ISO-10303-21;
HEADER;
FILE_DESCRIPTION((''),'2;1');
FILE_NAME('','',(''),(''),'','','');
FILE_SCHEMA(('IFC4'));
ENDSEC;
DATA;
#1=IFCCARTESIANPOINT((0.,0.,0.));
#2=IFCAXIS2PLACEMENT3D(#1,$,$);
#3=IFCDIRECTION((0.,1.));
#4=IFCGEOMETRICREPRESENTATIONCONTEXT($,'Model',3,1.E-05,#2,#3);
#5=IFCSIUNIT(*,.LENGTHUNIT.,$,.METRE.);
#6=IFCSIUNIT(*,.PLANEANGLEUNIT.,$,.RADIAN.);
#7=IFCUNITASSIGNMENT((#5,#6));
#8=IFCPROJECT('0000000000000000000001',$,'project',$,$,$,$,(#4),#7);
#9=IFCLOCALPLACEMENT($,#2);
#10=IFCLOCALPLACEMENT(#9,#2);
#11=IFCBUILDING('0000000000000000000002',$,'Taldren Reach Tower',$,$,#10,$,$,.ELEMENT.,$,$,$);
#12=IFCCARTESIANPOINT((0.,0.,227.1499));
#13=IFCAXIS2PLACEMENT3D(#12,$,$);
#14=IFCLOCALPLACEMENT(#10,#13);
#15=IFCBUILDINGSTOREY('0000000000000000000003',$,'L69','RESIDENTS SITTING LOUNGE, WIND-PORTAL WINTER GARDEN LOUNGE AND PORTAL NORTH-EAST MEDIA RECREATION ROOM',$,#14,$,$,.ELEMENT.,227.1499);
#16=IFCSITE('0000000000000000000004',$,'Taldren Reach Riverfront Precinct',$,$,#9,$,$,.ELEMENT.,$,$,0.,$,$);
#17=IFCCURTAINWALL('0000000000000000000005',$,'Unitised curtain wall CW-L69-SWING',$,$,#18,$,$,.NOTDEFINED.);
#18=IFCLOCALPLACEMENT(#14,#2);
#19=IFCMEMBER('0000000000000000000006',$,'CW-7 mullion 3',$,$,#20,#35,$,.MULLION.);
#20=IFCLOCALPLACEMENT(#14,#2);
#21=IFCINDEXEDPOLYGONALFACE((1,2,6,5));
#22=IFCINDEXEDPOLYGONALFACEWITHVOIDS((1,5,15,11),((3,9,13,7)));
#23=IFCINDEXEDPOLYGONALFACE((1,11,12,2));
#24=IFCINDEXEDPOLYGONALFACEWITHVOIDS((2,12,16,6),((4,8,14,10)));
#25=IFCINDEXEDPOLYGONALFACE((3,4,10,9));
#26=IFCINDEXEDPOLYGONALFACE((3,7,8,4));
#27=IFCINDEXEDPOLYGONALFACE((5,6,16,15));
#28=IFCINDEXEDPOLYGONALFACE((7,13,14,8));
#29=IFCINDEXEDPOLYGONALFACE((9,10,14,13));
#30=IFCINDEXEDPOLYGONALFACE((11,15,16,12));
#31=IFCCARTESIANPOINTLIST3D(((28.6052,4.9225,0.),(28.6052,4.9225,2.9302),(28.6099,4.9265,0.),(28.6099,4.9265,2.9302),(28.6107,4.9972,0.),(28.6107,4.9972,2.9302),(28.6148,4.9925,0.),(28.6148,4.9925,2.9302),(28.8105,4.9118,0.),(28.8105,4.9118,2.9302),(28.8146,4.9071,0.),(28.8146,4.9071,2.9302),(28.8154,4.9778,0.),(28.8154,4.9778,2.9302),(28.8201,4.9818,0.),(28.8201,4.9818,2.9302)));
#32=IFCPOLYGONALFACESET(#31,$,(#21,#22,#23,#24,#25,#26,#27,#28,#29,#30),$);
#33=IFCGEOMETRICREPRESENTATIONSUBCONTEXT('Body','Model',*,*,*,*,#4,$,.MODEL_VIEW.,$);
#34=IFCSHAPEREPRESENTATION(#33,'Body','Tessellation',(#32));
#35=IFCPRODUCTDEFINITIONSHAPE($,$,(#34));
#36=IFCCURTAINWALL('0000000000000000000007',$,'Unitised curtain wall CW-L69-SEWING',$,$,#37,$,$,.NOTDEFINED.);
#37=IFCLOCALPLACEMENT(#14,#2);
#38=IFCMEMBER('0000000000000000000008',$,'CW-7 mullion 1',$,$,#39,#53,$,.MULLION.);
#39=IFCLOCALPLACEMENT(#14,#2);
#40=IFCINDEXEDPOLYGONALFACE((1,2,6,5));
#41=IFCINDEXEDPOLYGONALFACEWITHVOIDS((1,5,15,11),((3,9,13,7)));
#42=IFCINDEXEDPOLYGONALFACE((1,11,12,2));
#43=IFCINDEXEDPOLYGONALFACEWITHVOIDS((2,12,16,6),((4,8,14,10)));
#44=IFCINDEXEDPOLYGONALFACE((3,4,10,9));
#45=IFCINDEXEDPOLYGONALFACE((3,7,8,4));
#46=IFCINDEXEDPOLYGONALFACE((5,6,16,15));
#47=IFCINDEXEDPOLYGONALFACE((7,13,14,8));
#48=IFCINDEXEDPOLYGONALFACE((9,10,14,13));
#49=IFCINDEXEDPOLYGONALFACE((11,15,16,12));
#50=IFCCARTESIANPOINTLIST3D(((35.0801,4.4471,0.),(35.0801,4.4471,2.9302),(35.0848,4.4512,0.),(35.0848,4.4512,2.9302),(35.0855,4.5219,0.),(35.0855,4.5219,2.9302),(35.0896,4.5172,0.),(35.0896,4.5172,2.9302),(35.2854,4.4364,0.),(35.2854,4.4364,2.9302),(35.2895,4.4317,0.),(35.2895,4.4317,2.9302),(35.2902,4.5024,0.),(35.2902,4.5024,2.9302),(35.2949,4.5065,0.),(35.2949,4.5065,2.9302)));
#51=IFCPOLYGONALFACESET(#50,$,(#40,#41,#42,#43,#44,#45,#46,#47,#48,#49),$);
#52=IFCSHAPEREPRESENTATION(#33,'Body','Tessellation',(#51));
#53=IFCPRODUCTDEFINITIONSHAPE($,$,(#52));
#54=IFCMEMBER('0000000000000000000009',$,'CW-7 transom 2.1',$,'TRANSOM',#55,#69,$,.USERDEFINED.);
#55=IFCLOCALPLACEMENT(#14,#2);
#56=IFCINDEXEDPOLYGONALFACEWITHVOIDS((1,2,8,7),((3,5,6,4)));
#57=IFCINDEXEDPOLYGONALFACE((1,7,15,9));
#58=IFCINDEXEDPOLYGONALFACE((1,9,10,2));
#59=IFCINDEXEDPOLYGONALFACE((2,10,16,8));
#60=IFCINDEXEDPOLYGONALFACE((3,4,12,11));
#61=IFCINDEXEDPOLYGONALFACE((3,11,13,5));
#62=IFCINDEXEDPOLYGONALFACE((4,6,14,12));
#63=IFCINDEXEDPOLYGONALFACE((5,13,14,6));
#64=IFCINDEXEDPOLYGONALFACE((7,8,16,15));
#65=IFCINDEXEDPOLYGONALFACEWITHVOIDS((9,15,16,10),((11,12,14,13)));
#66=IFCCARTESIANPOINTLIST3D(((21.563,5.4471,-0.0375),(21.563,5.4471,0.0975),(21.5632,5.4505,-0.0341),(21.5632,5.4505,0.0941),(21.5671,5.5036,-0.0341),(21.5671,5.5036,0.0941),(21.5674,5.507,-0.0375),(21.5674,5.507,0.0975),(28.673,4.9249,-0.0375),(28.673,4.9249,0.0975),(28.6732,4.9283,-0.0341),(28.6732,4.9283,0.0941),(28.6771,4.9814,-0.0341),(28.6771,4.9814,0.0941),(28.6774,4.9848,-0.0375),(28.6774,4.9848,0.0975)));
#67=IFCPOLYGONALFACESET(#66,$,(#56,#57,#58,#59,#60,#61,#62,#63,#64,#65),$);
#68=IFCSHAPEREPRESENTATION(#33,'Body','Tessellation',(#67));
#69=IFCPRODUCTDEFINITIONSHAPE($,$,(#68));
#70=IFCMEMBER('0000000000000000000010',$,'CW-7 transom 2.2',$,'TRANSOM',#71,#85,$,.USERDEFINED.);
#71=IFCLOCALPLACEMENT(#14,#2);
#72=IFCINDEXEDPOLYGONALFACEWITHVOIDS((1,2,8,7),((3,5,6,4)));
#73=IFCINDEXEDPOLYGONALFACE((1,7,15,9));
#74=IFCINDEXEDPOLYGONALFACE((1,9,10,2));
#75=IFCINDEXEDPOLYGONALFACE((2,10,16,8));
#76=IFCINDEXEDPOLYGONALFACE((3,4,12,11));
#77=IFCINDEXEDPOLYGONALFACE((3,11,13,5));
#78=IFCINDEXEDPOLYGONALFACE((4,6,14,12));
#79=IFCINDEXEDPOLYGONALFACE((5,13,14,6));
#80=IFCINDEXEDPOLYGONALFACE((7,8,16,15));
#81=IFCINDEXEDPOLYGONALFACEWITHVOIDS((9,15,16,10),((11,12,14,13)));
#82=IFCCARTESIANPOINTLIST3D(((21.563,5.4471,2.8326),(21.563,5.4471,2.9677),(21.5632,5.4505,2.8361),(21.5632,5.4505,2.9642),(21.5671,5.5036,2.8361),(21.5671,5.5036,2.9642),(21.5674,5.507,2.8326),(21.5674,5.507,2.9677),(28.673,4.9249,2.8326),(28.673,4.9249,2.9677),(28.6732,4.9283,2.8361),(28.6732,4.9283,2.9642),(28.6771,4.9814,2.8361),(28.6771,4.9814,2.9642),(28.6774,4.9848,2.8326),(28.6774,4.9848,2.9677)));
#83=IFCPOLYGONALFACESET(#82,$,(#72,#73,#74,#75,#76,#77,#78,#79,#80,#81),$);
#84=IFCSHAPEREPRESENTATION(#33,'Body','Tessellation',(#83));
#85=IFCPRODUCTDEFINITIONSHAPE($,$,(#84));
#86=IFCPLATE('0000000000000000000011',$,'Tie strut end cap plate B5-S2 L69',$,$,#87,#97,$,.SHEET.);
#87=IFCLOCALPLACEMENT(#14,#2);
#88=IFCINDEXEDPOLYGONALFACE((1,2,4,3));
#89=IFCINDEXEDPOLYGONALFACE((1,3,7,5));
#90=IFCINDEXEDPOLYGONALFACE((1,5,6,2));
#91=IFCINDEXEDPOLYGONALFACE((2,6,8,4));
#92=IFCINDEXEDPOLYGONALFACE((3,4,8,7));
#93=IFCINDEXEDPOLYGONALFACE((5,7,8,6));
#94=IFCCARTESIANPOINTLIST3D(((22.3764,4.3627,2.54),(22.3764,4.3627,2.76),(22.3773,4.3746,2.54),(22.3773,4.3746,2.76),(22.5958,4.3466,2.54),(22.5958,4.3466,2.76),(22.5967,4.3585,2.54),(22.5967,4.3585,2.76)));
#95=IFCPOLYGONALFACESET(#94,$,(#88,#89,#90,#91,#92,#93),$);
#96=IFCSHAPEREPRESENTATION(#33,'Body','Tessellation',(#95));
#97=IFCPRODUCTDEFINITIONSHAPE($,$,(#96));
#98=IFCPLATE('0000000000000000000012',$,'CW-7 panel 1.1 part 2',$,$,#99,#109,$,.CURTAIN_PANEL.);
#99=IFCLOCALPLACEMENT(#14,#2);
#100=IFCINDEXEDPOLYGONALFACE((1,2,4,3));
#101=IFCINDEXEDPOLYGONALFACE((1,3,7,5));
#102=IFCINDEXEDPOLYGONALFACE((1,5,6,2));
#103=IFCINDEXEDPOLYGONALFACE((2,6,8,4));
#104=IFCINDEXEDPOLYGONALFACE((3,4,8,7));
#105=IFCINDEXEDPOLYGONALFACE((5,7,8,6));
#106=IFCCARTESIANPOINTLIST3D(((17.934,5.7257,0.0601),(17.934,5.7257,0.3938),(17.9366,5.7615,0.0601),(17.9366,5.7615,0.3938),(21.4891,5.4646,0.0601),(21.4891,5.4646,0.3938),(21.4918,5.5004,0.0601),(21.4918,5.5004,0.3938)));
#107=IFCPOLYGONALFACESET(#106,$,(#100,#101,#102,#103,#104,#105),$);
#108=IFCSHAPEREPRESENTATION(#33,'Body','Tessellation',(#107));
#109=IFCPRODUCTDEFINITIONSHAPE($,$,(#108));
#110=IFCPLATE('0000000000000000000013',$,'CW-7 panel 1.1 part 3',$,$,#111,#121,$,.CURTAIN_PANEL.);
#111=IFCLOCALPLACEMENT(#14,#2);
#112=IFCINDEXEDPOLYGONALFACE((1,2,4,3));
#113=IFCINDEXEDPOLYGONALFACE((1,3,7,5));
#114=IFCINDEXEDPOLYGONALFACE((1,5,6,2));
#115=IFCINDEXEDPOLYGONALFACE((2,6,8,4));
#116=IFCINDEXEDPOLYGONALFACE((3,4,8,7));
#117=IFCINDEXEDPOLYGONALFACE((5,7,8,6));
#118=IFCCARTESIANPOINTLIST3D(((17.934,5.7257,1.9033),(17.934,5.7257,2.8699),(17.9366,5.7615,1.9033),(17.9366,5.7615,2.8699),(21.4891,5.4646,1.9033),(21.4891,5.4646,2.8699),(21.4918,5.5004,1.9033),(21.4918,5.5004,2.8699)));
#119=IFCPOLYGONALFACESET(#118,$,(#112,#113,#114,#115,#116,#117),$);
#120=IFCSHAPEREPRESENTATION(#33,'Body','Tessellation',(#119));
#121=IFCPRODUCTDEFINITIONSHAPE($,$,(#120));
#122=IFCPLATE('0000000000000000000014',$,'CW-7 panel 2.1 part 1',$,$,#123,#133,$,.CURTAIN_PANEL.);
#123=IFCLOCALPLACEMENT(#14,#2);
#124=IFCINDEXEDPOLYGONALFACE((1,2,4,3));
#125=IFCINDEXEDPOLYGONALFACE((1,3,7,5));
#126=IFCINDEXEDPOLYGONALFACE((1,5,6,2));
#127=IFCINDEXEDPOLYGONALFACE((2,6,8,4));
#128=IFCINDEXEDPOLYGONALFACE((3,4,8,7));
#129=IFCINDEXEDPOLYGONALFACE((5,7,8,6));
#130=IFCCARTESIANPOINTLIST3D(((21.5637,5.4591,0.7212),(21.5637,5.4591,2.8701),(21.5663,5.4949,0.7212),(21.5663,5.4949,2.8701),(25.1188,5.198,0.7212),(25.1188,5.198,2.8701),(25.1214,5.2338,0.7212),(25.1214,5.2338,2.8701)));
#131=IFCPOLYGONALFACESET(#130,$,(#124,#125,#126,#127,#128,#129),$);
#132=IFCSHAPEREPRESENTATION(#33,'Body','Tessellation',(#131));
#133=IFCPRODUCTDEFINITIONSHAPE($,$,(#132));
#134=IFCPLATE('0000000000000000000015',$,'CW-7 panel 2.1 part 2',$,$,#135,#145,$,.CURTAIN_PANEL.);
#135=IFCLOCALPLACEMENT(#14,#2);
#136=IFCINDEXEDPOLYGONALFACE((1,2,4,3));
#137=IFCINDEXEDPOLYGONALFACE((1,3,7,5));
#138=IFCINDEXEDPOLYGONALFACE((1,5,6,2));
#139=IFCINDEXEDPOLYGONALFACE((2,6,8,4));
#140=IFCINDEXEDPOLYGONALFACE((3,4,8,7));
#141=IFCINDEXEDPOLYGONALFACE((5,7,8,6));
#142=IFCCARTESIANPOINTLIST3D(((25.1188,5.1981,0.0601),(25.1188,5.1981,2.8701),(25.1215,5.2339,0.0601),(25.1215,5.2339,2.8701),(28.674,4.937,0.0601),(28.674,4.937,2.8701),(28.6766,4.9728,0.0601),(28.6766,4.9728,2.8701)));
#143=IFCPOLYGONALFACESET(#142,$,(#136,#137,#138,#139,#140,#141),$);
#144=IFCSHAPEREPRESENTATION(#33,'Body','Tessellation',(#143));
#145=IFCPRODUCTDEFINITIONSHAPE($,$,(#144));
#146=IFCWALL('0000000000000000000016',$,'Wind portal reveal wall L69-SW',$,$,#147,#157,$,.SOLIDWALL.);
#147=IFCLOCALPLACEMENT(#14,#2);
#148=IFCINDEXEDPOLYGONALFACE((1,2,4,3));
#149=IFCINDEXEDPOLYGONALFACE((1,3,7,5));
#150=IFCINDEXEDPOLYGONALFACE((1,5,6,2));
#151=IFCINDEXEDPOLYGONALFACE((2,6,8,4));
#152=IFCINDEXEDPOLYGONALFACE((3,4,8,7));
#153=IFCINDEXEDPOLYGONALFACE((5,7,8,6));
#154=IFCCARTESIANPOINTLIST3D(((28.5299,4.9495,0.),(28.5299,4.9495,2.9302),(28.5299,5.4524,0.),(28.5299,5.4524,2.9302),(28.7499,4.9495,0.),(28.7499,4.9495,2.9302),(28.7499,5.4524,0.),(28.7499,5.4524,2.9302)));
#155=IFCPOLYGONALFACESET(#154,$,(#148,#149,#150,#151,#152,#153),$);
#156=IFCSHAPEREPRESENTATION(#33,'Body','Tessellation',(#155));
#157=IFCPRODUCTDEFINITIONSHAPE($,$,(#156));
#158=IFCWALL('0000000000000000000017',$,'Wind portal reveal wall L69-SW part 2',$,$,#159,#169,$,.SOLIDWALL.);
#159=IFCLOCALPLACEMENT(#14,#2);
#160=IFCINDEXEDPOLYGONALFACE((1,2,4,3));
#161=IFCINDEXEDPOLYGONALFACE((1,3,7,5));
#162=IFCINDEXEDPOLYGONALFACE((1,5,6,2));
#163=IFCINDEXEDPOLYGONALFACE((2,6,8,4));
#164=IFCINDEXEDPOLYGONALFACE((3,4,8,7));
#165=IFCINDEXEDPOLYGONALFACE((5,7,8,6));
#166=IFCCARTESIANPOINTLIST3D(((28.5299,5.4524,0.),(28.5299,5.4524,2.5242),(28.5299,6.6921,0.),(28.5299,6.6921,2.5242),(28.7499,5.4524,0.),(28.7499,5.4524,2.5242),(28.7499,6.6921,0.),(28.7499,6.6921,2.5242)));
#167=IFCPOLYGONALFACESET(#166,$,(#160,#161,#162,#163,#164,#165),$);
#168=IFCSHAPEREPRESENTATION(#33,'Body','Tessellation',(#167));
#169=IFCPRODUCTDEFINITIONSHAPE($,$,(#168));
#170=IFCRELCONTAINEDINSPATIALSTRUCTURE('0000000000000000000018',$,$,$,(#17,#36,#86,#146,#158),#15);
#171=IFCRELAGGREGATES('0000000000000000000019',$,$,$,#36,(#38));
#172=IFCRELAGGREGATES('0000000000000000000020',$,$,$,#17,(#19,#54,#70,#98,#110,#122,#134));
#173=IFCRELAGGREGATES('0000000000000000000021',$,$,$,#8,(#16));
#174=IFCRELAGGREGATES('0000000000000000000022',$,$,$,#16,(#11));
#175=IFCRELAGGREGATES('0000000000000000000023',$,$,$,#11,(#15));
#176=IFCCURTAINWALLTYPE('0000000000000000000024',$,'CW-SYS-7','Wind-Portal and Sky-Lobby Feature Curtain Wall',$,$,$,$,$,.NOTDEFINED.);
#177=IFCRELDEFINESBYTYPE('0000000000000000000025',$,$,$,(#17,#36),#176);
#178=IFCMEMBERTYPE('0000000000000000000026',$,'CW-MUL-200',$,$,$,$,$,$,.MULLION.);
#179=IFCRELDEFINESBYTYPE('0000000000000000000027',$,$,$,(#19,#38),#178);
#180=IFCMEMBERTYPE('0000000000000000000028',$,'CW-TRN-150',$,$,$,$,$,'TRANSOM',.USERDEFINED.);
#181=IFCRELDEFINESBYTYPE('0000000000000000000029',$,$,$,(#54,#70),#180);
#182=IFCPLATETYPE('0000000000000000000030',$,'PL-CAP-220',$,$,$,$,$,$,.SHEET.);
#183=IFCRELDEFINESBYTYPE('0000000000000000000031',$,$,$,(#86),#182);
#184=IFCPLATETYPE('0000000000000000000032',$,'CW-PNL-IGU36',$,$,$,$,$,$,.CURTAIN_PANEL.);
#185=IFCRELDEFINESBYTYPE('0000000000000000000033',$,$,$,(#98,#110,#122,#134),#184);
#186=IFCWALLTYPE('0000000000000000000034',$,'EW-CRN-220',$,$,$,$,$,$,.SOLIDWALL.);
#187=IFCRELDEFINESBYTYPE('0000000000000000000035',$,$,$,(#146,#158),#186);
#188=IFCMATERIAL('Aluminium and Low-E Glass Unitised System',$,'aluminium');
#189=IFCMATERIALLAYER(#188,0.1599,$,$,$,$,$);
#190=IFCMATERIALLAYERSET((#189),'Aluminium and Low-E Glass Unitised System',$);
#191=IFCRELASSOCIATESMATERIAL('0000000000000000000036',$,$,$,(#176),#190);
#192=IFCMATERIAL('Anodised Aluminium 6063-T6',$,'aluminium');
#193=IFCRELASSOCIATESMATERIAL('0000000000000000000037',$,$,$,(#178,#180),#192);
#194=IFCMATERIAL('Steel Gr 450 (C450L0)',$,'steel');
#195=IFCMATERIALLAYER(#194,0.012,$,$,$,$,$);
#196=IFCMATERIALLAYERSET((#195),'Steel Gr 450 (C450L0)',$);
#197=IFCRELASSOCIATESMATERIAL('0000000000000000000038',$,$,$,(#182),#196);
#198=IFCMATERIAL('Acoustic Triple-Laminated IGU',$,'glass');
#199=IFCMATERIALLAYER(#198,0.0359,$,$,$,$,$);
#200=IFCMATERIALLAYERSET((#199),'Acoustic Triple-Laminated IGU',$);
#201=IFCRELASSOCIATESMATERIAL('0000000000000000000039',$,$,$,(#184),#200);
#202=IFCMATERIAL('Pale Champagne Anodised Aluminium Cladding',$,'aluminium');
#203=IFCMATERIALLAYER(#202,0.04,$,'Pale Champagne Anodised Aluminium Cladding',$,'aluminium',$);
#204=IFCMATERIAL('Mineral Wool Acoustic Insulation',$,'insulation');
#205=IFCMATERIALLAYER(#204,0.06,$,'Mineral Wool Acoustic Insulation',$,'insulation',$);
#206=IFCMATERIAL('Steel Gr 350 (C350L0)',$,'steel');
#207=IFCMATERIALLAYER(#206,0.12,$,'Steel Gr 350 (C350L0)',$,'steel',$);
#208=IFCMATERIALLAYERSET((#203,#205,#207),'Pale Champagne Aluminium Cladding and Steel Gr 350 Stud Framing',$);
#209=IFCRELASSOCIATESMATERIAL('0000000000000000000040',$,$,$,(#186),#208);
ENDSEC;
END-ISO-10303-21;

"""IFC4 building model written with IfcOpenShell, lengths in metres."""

from ifc_helpers import new_model, si_unit, direction, frame, frame_2d, origin, origin_2d, place, context, subcontext, project, spatial, rectangle, hollow_rectangle, extrude, source, transform, mapped, material, layer, layer_set, material_profile, profile_set, type_object, element, aggregate, save


model = new_model("IFC4")

# Units and contexts
model_context = context("Model", 3, precision=1e-05, world=origin(), true_north=direction((0.0, 1.0)))
body_context = subcontext(model_context, "Body", "Model", "MODEL_VIEW")
ifc_project = project(units=[si_unit("LENGTHUNIT", "METRE"), si_unit("PLANEANGLEUNIT", "RADIAN")], contexts=[model_context])

# Site, building, storey
site_placement = place(None, origin())
site = spatial("IfcSite", under=ifc_project, at=site_placement, Name="Taldren Reach Riverfront Precinct", CompositionType="ELEMENT", RefElevation=0.0)
building_placement = place(site_placement, origin())
building = spatial("IfcBuilding", under=site, at=building_placement, Name="Taldren Reach Tower", CompositionType="ELEMENT")
storey_placement = place(building_placement, frame((0.0, 0.0, 227.1499)))
storey = spatial("IfcBuildingStorey", under=building, at=storey_placement, Name="L69", Description="RESIDENTS SITTING LOUNGE, WIND-PORTAL WINTER GARDEN LOUNGE AND PORTAL NORTH-EAST MEDIA RECREATION ROOM", CompositionType="ELEMENT", Elevation=227.1499)

# Shared definitions
ifc_material_1 = material(Name="Steel Gr 350 (C350L0)", Category="steel")

# Shared definitions
ifc_material_2 = material(Name="Steel Gr 450 (C450L0)", Category="steel")

# Curtain wall, member
ifc_material_3 = material(Name="Aluminium and Low-E Glass Unitised System", Category="aluminium")
ifc_layer_1 = layer(ifc_material_3, 0.1599)
ifc_layer_set_1 = layer_set([ifc_layer_1], Name="Aluminium and Low-E Glass Unitised System")
curtain_wall_type = type_object("IfcCurtainWallType", Name="CW-SYS-7", Description="Wind-Portal and Sky-Lobby Feature Curtain Wall", PredefinedType="NOTDEFINED", material=ifc_layer_set_1)
curtain_wall_1_placement = place(storey_placement, origin())
curtain_wall_1 = element("IfcCurtainWall", 1, at=curtain_wall_1_placement, inside=storey, type_object=curtain_wall_type, Name="Unitised curtain wall CW-L69-SWING", PredefinedType="NOTDEFINED")
ifc_material_4 = material(Name="Anodised Aluminium 6063-T6", Category="aluminium")
ifc_material_profile_1 = material_profile(ifc_material_4, hollow_rectangle(XDim=0.075, YDim=0.21, WallThickness=0.0044, at=origin_2d()), Name="ALU-210x75x4.5RHS")
ifc_profile_set_1 = profile_set([ifc_material_profile_1], Name="Anodised Aluminium 6063-T6")
member_type_1 = type_object("IfcMemberType", Name="CW-MUL-200", PredefinedType="MULLION", material=ifc_profile_set_1)
shared_shape_1 = source(origin(), body_context, "Body", "SweptSolid", [
    extrude(hollow_rectangle(XDim=0.075, YDim=0.21, WallThickness=0.0044, at=origin_2d()), origin(), (0.0, 0.0, 1.0), 2.9302),
])
member_1_placement = place(storey_placement, frame((28.7126, 4.9521, 0.0), z_axis=(0.0, 0.0, 1.0), x_axis=(0.073238, 0.997314, 0.0)))
member_1 = element("IfcMember", 2, at=member_1_placement, type_object=member_type_1, Name="CW-7 mullion 3", PredefinedType="MULLION", context=body_context, shape_type="MappedRepresentation", body=[
    mapped(shared_shape_1, transform((0.0, 0.0, 0.0), scale=1.0)),
])

# Curtain wall, member
curtain_wall_2_placement = place(storey_placement, origin())
curtain_wall_2 = element("IfcCurtainWall", 3, at=curtain_wall_2_placement, inside=storey, type_object=curtain_wall_type, Name="Unitised curtain wall CW-L69-SEWING", PredefinedType="NOTDEFINED")
member_2_placement = place(storey_placement, frame((35.1875, 4.4768, 0.0), z_axis=(0.0, 0.0, 1.0), x_axis=(0.073238, 0.997314, 0.0)))
member_2 = element("IfcMember", 4, at=member_2_placement, type_object=member_type_1, Name="CW-7 mullion 1", PredefinedType="MULLION", context=body_context, shape_type="MappedRepresentation", body=[
    mapped(shared_shape_1, transform((0.0, 0.0, 0.0), scale=1.0)),
])
aggregate(curtain_wall_2, [member_2])

# Members
ifc_material_profile_2 = material_profile(ifc_material_4, hollow_rectangle(XDim=0.0601, YDim=0.135, WallThickness=0.0034, at=origin_2d()), Name="ALU-135x60x3.5RHS")
ifc_profile_set_2 = profile_set([ifc_material_profile_2], Name="Anodised Aluminium 6063-T6")
member_type_2 = type_object("IfcMemberType", Name="CW-TRN-150", ElementType="TRANSOM", PredefinedType="USERDEFINED", material=ifc_profile_set_2)
shared_shape_2 = source(origin(), body_context, "Body", "SweptSolid", [
    extrude(hollow_rectangle(XDim=0.0601, YDim=0.135, WallThickness=0.0034, at=origin_2d()), origin(), (0.0, 0.0, 1.0), 7.1292),
])
member_3_placement = place(storey_placement, frame((21.5652, 5.4771, 0.03), z_axis=(0.997314, -0.07325, 0.0), x_axis=(0.07325, 0.997314, 0.0)))
member_3 = element("IfcMember", 5, at=member_3_placement, type_object=member_type_2, Name="CW-7 transom 2.1", ObjectType="TRANSOM", PredefinedType="USERDEFINED", context=body_context, shape_type="MappedRepresentation", body=[
    mapped(shared_shape_2, transform((0.0, 0.0, 0.0), scale=1.0)),
])
member_4_placement = place(storey_placement, frame((21.5652, 5.4771, 2.9001), z_axis=(0.997314, -0.07325, 0.0), x_axis=(0.07325, 0.997314, 0.0)))
member_4 = element("IfcMember", 6, at=member_4_placement, type_object=member_type_2, Name="CW-7 transom 2.2", ObjectType="TRANSOM", PredefinedType="USERDEFINED", context=body_context, shape_type="MappedRepresentation", body=[
    mapped(shared_shape_2, transform((0.0, 0.0, 0.0), scale=1.0)),
])

# Plates
ifc_layer_2 = layer(ifc_material_2, 0.012)
ifc_layer_set_2 = layer_set([ifc_layer_2], Name="Steel Gr 450 (C450L0)")
plate_type_1 = type_object("IfcPlateType", Name="PL-CAP-220", PredefinedType="SHEET", material=ifc_layer_set_2)
shared_shape_3 = source(origin(), body_context, "Body", "SweptSolid", [
    extrude(rectangle(XDim=0.22, YDim=0.012, at=origin_2d()), origin(), (0.0, 0.0, 1.0), 0.22),
])
plate_1_placement = place(storey_placement, frame((22.4866, 4.3606, 2.54), z_axis=(0.0, 0.0, 1.0), x_axis=(0.997314, -0.073238, 0.0)))
element("IfcPlate", 7, at=plate_1_placement, inside=storey, type_object=plate_type_1, Name="Tie strut end cap plate B5-S2 L69", PredefinedType="SHEET", context=body_context, shape_type="MappedRepresentation", body=[
    mapped(shared_shape_3, transform((0.0, 0.0, 0.0), scale=1.0)),
])
ifc_material_5 = material(Name="Acoustic Triple-Laminated IGU", Category="glass")
ifc_layer_3 = layer(ifc_material_5, 0.0359)
ifc_layer_set_3 = layer_set([ifc_layer_3], Name="Acoustic Triple-Laminated IGU")
plate_type_2 = type_object("IfcPlateType", Name="CW-PNL-IGU36", PredefinedType="CURTAIN_PANEL", material=ifc_layer_set_3)
shared_shape_4 = source(origin(), body_context, "Body", "SweptSolid", [
    extrude(rectangle(XDim=3.5647, YDim=0.0359, at=origin_2d()), origin(), (0.0, 0.0, 1.0), 0.3337),
])
plate_2_placement = place(storey_placement, frame((19.7129, 5.613, 0.0601), z_axis=(0.0, 0.0, 1.0), x_axis=(0.997314, -0.073238, 0.0)))
plate_2 = element("IfcPlate", 8, at=plate_2_placement, type_object=plate_type_2, Name="CW-7 panel 1.1 part 2", PredefinedType="CURTAIN_PANEL", context=body_context, shape_type="MappedRepresentation", body=[
    mapped(shared_shape_4, transform((0.0, 0.0, 0.0), scale=1.0)),
])
shared_shape_5 = source(origin(), body_context, "Body", "SweptSolid", [
    extrude(rectangle(XDim=3.5647, YDim=0.0359, at=origin_2d()), origin(), (0.0, 0.0, 1.0), 0.9666),
])
plate_3_placement = place(storey_placement, frame((19.7129, 5.613, 1.9033), z_axis=(0.0, 0.0, 1.0), x_axis=(0.997314, -0.073238, 0.0)))
plate_3 = element("IfcPlate", 9, at=plate_3_placement, type_object=plate_type_2, Name="CW-7 panel 1.1 part 3", PredefinedType="CURTAIN_PANEL", context=body_context, shape_type="MappedRepresentation", body=[
    mapped(shared_shape_5, transform((0.0, 0.0, 0.0), scale=1.0)),
])
shared_shape_6 = source(origin(), body_context, "Body", "SweptSolid", [
    extrude(rectangle(XDim=3.5647, YDim=0.0359, at=origin_2d()), origin(), (0.0, 0.0, 1.0), 2.1489),
])
plate_4_placement = place(storey_placement, frame((23.3425, 5.3464, 0.7212), z_axis=(0.0, 0.0, 1.0), x_axis=(0.997314, -0.073238, 0.0)))
plate_4 = element("IfcPlate", 10, at=plate_4_placement, type_object=plate_type_2, Name="CW-7 panel 2.1 part 1", PredefinedType="CURTAIN_PANEL", context=body_context, shape_type="MappedRepresentation", body=[
    mapped(shared_shape_6, transform((0.0, 0.0, 0.0), scale=1.0)),
])
shared_shape_7 = source(origin(), body_context, "Body", "SweptSolid", [
    extrude(rectangle(XDim=3.5647, YDim=0.0359, at=origin_2d()), origin(), (0.0, 0.0, 1.0), 2.8101),
])
plate_5_placement = place(storey_placement, frame((26.8977, 5.0854, 0.0601), z_axis=(0.0, 0.0, 1.0), x_axis=(0.997314, -0.073238, 0.0)))
plate_5 = element("IfcPlate", 11, at=plate_5_placement, type_object=plate_type_2, Name="CW-7 panel 2.1 part 2", PredefinedType="CURTAIN_PANEL", context=body_context, shape_type="MappedRepresentation", body=[
    mapped(shared_shape_7, transform((0.0, 0.0, 0.0), scale=1.0)),
])
aggregate(curtain_wall_1, [member_1, member_3, member_4, plate_2, plate_3, plate_4, plate_5])

# Walls
ifc_material_6 = material(Name="Pale Champagne Anodised Aluminium Cladding", Category="aluminium")
ifc_layer_4 = layer(ifc_material_6, 0.04, Name="Pale Champagne Anodised Aluminium Cladding", Category="aluminium")
ifc_material_7 = material(Name="Mineral Wool Acoustic Insulation", Category="insulation")
ifc_layer_5 = layer(ifc_material_7, 0.06, Name="Mineral Wool Acoustic Insulation", Category="insulation")
ifc_layer_6 = layer(ifc_material_1, 0.12, Name="Steel Gr 350 (C350L0)", Category="steel")
ifc_layer_set_4 = layer_set([ifc_layer_4, ifc_layer_5, ifc_layer_6], Name="Pale Champagne Aluminium Cladding and Steel Gr 350 Stud Framing")
wall_type_1 = type_object("IfcWallType", Name="EW-CRN-220", PredefinedType="SOLIDWALL", material=ifc_layer_set_4)
shared_shape_8 = source(origin(), body_context, "Body", "SweptSolid", [
    extrude(rectangle(XDim=0.5029, YDim=0.22, at=frame_2d((0.2515, 0.0))), origin(), (0.0, 0.0, 1.0), 2.9302),
])
wall_1_placement = place(storey_placement, frame((28.6399, 4.9495, 0.0), z_axis=(0.0, 0.0, 1.0), x_axis=(0.0, 1.0, 0.0)))
element("IfcWall", 12, at=wall_1_placement, inside=storey, type_object=wall_type_1, Name="Wind portal reveal wall L69-SW", PredefinedType="SOLIDWALL", context=body_context, shape_type="MappedRepresentation", body=[
    mapped(shared_shape_8, transform((0.0, 0.0, 0.0), scale=1.0)),
])
shared_shape_9 = source(origin(), body_context, "Body", "SweptSolid", [
    extrude(rectangle(XDim=1.2397, YDim=0.22, at=frame_2d((0.6199, 0.0))), origin(), (0.0, 0.0, 1.0), 2.5242),
])
wall_2_placement = place(storey_placement, frame((28.6399, 5.4524, 0.0), z_axis=(0.0, 0.0, 1.0), x_axis=(0.0, 1.0, 0.0)))
element("IfcWall", 13, at=wall_2_placement, inside=storey, type_object=wall_type_1, Name="Wind portal reveal wall L69-SW part 2", PredefinedType="SOLIDWALL", context=body_context, shape_type="MappedRepresentation", body=[
    mapped(shared_shape_9, transform((0.0, 0.0, 0.0), scale=1.0)),
])

save(model, "model.ifc")
